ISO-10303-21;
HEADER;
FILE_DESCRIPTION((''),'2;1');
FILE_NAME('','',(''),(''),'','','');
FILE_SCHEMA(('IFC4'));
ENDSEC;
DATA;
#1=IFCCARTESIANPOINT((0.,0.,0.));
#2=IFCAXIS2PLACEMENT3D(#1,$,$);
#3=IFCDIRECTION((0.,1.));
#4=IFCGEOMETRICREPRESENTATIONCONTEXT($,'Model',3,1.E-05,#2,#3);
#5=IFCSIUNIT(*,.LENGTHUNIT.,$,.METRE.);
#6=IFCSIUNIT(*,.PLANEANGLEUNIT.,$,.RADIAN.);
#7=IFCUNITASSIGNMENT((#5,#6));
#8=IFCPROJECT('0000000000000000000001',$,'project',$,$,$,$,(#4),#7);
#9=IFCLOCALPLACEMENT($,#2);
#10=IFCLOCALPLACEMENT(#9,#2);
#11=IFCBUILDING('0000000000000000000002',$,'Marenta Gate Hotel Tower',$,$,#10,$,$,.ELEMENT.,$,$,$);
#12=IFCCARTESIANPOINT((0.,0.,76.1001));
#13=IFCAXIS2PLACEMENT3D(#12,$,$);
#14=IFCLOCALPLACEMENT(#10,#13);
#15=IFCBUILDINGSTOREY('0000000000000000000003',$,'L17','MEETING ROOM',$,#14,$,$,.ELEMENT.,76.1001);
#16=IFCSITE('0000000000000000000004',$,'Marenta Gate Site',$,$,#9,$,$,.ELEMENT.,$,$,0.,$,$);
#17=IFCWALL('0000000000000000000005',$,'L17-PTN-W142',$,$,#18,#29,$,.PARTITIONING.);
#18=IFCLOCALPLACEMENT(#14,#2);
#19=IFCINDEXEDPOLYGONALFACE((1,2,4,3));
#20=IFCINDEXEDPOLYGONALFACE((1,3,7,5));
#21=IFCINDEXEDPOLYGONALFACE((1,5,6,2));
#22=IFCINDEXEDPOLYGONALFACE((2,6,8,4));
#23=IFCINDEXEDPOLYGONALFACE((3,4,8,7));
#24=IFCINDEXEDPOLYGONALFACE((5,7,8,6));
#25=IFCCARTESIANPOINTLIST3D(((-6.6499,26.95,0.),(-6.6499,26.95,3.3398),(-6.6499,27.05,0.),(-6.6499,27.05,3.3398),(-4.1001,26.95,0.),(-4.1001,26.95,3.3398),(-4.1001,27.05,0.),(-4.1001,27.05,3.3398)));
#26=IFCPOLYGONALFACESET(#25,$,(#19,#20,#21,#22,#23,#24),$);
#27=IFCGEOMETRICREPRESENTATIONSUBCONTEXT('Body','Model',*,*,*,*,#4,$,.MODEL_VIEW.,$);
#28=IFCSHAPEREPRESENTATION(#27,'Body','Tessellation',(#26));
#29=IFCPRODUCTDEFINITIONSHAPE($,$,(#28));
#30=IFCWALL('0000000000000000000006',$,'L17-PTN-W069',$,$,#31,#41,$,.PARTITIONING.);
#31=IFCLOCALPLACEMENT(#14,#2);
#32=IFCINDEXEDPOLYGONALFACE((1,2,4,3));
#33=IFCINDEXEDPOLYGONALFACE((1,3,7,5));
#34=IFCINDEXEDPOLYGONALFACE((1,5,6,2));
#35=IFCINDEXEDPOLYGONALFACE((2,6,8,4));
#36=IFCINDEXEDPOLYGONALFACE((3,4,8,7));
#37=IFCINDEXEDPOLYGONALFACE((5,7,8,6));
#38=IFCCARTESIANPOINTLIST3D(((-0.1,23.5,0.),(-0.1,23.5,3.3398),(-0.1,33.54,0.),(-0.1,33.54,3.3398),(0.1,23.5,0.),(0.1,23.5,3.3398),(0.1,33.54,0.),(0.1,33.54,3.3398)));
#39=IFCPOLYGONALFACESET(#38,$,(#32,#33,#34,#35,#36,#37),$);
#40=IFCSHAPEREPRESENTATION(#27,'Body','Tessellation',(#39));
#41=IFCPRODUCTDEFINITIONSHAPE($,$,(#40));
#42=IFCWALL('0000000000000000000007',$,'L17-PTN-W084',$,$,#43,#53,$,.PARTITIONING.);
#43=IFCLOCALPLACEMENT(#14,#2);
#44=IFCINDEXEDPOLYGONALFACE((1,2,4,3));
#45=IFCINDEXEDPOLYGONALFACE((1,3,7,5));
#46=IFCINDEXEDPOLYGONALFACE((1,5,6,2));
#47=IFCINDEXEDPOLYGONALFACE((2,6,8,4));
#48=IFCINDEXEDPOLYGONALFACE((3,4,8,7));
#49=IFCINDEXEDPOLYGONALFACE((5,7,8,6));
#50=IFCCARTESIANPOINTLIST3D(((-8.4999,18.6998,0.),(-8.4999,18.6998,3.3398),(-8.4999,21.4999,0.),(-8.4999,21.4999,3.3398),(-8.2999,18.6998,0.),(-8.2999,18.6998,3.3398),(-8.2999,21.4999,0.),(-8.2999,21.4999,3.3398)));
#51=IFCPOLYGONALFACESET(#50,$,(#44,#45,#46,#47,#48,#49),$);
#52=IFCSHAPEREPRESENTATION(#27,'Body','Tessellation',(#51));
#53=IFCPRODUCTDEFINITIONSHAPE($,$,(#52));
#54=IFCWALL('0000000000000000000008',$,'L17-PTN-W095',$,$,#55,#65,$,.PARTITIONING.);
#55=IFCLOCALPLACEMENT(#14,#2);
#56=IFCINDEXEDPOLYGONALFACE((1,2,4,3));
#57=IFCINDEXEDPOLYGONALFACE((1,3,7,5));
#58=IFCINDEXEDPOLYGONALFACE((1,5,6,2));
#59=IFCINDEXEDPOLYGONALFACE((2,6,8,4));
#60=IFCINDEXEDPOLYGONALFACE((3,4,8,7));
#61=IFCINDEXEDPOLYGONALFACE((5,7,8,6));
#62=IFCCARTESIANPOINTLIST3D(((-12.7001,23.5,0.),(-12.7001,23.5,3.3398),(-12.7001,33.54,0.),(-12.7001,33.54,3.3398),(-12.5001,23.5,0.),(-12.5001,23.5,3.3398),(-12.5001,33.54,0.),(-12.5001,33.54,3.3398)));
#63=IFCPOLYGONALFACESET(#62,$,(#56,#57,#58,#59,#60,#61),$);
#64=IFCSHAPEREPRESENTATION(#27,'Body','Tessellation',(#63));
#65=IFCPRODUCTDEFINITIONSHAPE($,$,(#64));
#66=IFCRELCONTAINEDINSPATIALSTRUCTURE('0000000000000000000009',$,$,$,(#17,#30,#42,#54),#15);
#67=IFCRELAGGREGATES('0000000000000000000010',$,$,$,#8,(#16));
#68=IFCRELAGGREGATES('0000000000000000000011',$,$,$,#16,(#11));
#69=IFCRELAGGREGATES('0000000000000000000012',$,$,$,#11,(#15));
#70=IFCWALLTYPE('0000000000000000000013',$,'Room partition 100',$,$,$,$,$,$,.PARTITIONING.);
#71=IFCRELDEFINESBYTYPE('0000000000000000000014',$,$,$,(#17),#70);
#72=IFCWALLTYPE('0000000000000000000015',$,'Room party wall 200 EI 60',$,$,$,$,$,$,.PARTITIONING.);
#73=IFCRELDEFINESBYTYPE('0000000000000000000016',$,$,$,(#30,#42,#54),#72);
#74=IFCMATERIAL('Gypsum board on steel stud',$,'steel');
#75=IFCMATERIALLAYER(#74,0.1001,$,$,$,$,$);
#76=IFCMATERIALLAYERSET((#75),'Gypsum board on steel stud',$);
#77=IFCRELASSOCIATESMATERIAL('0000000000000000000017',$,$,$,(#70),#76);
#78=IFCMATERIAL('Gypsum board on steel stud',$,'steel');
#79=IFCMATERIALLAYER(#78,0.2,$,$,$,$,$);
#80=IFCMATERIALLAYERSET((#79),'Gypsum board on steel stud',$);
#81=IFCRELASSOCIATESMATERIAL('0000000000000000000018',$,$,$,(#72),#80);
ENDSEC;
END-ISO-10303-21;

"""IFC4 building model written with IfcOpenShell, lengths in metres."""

from ifc_helpers import new_model, si_unit, direction, frame, frame_2d, origin, place, context, subcontext, project, spatial, rectangle, extrude, material, layer, layer_set, type_object, element, save


model = new_model("IFC4")

# Units and contexts
model_context = context("Model", 3, precision=1e-05, world=origin(), true_north=direction((0.0, 1.0)))
body_context = subcontext(model_context, "Body", "Model", "MODEL_VIEW")
ifc_project = project(units=[si_unit("LENGTHUNIT", "METRE"), si_unit("PLANEANGLEUNIT", "RADIAN")], contexts=[model_context])

# Site, building, storey
site_placement = place(None, origin())
site = spatial("IfcSite", under=ifc_project, at=site_placement, Name="Marenta Gate Site", CompositionType="ELEMENT", RefElevation=0.0)
building_placement = place(site_placement, origin())
building = spatial("IfcBuilding", under=site, at=building_placement, Name="Marenta Gate Hotel Tower", CompositionType="ELEMENT")
storey_placement = place(building_placement, frame((0.0, 0.0, 76.1001)))
storey = spatial("IfcBuildingStorey", under=building, at=storey_placement, Name="L17", Description="MEETING ROOM", CompositionType="ELEMENT", Elevation=76.1001)

# Shared definitions
ifc_material_1 = material(Name="Gypsum board on steel stud", Category="steel")
ifc_layer_1 = layer(ifc_material_1, 0.1001)
ifc_layer_set_1 = layer_set([ifc_layer_1], Name="Gypsum board on steel stud")
wall_type_1 = type_object("IfcWallType", Name="Room partition 100", PredefinedType="PARTITIONING", material=ifc_layer_set_1)

# Walls
wall_1_placement = place(storey_placement, frame((-6.6499, 27.0, 0.0), z_axis=(0.0, 0.0, 1.0), x_axis=(1.0, 0.0, 0.0)))
element("IfcWall", 1, at=wall_1_placement, inside=storey, type_object=wall_type_1, Name="L17-PTN-W142", PredefinedType="PARTITIONING", context=body_context, shape_type="SweptSolid", body=[
    extrude(rectangle(XDim=2.5498, YDim=0.1001, at=frame_2d((1.2749, 0.0))), origin(), (0.0, 0.0, 1.0), 3.3398),
])
ifc_material_2 = material(Name="Gypsum board on steel stud", Category="steel")
ifc_layer_2 = layer(ifc_material_2, 0.2)
ifc_layer_set_2 = layer_set([ifc_layer_2], Name="Gypsum board on steel stud")
wall_type_2 = type_object("IfcWallType", Name="Room party wall 200 EI 60", PredefinedType="PARTITIONING", material=ifc_layer_set_2)
wall_2_placement = place(storey_placement, frame((0.0, 23.5, 0.0), z_axis=(0.0, 0.0, 1.0), x_axis=(0.0, 1.0, 0.0)))
element("IfcWall", 2, at=wall_2_placement, inside=storey, type_object=wall_type_2, Name="L17-PTN-W069", PredefinedType="PARTITIONING", context=body_context, shape_type="SweptSolid", body=[
    extrude(rectangle(XDim=10.04, YDim=0.2, at=frame_2d((5.02, 0.0))), origin(), (0.0, 0.0, 1.0), 3.3398),
])
wall_3_placement = place(storey_placement, frame((-8.3999, 18.7, 0.0), z_axis=(0.0, 0.0, 1.0), x_axis=(0.0, 1.0, 0.0)))
element("IfcWall", 3, at=wall_3_placement, inside=storey, type_object=wall_type_2, Name="L17-PTN-W084", PredefinedType="PARTITIONING", context=body_context, shape_type="SweptSolid", body=[
    extrude(rectangle(XDim=2.8, YDim=0.2, at=frame_2d((1.3999, 0.0))), origin(), (0.0, 0.0, 1.0), 3.3398),
])
wall_4_placement = place(storey_placement, frame((-12.6001, 23.5, 0.0), z_axis=(0.0, 0.0, 1.0), x_axis=(0.0, 1.0, 0.0)))
element("IfcWall", 4, at=wall_4_placement, inside=storey, type_object=wall_type_2, Name="L17-PTN-W095", PredefinedType="PARTITIONING", context=body_context, shape_type="SweptSolid", body=[
    extrude(rectangle(XDim=10.04, YDim=0.2, at=frame_2d((5.02, 0.0))), origin(), (0.0, 0.0, 1.0), 3.3398),
])

save(model, "model.ifc")
